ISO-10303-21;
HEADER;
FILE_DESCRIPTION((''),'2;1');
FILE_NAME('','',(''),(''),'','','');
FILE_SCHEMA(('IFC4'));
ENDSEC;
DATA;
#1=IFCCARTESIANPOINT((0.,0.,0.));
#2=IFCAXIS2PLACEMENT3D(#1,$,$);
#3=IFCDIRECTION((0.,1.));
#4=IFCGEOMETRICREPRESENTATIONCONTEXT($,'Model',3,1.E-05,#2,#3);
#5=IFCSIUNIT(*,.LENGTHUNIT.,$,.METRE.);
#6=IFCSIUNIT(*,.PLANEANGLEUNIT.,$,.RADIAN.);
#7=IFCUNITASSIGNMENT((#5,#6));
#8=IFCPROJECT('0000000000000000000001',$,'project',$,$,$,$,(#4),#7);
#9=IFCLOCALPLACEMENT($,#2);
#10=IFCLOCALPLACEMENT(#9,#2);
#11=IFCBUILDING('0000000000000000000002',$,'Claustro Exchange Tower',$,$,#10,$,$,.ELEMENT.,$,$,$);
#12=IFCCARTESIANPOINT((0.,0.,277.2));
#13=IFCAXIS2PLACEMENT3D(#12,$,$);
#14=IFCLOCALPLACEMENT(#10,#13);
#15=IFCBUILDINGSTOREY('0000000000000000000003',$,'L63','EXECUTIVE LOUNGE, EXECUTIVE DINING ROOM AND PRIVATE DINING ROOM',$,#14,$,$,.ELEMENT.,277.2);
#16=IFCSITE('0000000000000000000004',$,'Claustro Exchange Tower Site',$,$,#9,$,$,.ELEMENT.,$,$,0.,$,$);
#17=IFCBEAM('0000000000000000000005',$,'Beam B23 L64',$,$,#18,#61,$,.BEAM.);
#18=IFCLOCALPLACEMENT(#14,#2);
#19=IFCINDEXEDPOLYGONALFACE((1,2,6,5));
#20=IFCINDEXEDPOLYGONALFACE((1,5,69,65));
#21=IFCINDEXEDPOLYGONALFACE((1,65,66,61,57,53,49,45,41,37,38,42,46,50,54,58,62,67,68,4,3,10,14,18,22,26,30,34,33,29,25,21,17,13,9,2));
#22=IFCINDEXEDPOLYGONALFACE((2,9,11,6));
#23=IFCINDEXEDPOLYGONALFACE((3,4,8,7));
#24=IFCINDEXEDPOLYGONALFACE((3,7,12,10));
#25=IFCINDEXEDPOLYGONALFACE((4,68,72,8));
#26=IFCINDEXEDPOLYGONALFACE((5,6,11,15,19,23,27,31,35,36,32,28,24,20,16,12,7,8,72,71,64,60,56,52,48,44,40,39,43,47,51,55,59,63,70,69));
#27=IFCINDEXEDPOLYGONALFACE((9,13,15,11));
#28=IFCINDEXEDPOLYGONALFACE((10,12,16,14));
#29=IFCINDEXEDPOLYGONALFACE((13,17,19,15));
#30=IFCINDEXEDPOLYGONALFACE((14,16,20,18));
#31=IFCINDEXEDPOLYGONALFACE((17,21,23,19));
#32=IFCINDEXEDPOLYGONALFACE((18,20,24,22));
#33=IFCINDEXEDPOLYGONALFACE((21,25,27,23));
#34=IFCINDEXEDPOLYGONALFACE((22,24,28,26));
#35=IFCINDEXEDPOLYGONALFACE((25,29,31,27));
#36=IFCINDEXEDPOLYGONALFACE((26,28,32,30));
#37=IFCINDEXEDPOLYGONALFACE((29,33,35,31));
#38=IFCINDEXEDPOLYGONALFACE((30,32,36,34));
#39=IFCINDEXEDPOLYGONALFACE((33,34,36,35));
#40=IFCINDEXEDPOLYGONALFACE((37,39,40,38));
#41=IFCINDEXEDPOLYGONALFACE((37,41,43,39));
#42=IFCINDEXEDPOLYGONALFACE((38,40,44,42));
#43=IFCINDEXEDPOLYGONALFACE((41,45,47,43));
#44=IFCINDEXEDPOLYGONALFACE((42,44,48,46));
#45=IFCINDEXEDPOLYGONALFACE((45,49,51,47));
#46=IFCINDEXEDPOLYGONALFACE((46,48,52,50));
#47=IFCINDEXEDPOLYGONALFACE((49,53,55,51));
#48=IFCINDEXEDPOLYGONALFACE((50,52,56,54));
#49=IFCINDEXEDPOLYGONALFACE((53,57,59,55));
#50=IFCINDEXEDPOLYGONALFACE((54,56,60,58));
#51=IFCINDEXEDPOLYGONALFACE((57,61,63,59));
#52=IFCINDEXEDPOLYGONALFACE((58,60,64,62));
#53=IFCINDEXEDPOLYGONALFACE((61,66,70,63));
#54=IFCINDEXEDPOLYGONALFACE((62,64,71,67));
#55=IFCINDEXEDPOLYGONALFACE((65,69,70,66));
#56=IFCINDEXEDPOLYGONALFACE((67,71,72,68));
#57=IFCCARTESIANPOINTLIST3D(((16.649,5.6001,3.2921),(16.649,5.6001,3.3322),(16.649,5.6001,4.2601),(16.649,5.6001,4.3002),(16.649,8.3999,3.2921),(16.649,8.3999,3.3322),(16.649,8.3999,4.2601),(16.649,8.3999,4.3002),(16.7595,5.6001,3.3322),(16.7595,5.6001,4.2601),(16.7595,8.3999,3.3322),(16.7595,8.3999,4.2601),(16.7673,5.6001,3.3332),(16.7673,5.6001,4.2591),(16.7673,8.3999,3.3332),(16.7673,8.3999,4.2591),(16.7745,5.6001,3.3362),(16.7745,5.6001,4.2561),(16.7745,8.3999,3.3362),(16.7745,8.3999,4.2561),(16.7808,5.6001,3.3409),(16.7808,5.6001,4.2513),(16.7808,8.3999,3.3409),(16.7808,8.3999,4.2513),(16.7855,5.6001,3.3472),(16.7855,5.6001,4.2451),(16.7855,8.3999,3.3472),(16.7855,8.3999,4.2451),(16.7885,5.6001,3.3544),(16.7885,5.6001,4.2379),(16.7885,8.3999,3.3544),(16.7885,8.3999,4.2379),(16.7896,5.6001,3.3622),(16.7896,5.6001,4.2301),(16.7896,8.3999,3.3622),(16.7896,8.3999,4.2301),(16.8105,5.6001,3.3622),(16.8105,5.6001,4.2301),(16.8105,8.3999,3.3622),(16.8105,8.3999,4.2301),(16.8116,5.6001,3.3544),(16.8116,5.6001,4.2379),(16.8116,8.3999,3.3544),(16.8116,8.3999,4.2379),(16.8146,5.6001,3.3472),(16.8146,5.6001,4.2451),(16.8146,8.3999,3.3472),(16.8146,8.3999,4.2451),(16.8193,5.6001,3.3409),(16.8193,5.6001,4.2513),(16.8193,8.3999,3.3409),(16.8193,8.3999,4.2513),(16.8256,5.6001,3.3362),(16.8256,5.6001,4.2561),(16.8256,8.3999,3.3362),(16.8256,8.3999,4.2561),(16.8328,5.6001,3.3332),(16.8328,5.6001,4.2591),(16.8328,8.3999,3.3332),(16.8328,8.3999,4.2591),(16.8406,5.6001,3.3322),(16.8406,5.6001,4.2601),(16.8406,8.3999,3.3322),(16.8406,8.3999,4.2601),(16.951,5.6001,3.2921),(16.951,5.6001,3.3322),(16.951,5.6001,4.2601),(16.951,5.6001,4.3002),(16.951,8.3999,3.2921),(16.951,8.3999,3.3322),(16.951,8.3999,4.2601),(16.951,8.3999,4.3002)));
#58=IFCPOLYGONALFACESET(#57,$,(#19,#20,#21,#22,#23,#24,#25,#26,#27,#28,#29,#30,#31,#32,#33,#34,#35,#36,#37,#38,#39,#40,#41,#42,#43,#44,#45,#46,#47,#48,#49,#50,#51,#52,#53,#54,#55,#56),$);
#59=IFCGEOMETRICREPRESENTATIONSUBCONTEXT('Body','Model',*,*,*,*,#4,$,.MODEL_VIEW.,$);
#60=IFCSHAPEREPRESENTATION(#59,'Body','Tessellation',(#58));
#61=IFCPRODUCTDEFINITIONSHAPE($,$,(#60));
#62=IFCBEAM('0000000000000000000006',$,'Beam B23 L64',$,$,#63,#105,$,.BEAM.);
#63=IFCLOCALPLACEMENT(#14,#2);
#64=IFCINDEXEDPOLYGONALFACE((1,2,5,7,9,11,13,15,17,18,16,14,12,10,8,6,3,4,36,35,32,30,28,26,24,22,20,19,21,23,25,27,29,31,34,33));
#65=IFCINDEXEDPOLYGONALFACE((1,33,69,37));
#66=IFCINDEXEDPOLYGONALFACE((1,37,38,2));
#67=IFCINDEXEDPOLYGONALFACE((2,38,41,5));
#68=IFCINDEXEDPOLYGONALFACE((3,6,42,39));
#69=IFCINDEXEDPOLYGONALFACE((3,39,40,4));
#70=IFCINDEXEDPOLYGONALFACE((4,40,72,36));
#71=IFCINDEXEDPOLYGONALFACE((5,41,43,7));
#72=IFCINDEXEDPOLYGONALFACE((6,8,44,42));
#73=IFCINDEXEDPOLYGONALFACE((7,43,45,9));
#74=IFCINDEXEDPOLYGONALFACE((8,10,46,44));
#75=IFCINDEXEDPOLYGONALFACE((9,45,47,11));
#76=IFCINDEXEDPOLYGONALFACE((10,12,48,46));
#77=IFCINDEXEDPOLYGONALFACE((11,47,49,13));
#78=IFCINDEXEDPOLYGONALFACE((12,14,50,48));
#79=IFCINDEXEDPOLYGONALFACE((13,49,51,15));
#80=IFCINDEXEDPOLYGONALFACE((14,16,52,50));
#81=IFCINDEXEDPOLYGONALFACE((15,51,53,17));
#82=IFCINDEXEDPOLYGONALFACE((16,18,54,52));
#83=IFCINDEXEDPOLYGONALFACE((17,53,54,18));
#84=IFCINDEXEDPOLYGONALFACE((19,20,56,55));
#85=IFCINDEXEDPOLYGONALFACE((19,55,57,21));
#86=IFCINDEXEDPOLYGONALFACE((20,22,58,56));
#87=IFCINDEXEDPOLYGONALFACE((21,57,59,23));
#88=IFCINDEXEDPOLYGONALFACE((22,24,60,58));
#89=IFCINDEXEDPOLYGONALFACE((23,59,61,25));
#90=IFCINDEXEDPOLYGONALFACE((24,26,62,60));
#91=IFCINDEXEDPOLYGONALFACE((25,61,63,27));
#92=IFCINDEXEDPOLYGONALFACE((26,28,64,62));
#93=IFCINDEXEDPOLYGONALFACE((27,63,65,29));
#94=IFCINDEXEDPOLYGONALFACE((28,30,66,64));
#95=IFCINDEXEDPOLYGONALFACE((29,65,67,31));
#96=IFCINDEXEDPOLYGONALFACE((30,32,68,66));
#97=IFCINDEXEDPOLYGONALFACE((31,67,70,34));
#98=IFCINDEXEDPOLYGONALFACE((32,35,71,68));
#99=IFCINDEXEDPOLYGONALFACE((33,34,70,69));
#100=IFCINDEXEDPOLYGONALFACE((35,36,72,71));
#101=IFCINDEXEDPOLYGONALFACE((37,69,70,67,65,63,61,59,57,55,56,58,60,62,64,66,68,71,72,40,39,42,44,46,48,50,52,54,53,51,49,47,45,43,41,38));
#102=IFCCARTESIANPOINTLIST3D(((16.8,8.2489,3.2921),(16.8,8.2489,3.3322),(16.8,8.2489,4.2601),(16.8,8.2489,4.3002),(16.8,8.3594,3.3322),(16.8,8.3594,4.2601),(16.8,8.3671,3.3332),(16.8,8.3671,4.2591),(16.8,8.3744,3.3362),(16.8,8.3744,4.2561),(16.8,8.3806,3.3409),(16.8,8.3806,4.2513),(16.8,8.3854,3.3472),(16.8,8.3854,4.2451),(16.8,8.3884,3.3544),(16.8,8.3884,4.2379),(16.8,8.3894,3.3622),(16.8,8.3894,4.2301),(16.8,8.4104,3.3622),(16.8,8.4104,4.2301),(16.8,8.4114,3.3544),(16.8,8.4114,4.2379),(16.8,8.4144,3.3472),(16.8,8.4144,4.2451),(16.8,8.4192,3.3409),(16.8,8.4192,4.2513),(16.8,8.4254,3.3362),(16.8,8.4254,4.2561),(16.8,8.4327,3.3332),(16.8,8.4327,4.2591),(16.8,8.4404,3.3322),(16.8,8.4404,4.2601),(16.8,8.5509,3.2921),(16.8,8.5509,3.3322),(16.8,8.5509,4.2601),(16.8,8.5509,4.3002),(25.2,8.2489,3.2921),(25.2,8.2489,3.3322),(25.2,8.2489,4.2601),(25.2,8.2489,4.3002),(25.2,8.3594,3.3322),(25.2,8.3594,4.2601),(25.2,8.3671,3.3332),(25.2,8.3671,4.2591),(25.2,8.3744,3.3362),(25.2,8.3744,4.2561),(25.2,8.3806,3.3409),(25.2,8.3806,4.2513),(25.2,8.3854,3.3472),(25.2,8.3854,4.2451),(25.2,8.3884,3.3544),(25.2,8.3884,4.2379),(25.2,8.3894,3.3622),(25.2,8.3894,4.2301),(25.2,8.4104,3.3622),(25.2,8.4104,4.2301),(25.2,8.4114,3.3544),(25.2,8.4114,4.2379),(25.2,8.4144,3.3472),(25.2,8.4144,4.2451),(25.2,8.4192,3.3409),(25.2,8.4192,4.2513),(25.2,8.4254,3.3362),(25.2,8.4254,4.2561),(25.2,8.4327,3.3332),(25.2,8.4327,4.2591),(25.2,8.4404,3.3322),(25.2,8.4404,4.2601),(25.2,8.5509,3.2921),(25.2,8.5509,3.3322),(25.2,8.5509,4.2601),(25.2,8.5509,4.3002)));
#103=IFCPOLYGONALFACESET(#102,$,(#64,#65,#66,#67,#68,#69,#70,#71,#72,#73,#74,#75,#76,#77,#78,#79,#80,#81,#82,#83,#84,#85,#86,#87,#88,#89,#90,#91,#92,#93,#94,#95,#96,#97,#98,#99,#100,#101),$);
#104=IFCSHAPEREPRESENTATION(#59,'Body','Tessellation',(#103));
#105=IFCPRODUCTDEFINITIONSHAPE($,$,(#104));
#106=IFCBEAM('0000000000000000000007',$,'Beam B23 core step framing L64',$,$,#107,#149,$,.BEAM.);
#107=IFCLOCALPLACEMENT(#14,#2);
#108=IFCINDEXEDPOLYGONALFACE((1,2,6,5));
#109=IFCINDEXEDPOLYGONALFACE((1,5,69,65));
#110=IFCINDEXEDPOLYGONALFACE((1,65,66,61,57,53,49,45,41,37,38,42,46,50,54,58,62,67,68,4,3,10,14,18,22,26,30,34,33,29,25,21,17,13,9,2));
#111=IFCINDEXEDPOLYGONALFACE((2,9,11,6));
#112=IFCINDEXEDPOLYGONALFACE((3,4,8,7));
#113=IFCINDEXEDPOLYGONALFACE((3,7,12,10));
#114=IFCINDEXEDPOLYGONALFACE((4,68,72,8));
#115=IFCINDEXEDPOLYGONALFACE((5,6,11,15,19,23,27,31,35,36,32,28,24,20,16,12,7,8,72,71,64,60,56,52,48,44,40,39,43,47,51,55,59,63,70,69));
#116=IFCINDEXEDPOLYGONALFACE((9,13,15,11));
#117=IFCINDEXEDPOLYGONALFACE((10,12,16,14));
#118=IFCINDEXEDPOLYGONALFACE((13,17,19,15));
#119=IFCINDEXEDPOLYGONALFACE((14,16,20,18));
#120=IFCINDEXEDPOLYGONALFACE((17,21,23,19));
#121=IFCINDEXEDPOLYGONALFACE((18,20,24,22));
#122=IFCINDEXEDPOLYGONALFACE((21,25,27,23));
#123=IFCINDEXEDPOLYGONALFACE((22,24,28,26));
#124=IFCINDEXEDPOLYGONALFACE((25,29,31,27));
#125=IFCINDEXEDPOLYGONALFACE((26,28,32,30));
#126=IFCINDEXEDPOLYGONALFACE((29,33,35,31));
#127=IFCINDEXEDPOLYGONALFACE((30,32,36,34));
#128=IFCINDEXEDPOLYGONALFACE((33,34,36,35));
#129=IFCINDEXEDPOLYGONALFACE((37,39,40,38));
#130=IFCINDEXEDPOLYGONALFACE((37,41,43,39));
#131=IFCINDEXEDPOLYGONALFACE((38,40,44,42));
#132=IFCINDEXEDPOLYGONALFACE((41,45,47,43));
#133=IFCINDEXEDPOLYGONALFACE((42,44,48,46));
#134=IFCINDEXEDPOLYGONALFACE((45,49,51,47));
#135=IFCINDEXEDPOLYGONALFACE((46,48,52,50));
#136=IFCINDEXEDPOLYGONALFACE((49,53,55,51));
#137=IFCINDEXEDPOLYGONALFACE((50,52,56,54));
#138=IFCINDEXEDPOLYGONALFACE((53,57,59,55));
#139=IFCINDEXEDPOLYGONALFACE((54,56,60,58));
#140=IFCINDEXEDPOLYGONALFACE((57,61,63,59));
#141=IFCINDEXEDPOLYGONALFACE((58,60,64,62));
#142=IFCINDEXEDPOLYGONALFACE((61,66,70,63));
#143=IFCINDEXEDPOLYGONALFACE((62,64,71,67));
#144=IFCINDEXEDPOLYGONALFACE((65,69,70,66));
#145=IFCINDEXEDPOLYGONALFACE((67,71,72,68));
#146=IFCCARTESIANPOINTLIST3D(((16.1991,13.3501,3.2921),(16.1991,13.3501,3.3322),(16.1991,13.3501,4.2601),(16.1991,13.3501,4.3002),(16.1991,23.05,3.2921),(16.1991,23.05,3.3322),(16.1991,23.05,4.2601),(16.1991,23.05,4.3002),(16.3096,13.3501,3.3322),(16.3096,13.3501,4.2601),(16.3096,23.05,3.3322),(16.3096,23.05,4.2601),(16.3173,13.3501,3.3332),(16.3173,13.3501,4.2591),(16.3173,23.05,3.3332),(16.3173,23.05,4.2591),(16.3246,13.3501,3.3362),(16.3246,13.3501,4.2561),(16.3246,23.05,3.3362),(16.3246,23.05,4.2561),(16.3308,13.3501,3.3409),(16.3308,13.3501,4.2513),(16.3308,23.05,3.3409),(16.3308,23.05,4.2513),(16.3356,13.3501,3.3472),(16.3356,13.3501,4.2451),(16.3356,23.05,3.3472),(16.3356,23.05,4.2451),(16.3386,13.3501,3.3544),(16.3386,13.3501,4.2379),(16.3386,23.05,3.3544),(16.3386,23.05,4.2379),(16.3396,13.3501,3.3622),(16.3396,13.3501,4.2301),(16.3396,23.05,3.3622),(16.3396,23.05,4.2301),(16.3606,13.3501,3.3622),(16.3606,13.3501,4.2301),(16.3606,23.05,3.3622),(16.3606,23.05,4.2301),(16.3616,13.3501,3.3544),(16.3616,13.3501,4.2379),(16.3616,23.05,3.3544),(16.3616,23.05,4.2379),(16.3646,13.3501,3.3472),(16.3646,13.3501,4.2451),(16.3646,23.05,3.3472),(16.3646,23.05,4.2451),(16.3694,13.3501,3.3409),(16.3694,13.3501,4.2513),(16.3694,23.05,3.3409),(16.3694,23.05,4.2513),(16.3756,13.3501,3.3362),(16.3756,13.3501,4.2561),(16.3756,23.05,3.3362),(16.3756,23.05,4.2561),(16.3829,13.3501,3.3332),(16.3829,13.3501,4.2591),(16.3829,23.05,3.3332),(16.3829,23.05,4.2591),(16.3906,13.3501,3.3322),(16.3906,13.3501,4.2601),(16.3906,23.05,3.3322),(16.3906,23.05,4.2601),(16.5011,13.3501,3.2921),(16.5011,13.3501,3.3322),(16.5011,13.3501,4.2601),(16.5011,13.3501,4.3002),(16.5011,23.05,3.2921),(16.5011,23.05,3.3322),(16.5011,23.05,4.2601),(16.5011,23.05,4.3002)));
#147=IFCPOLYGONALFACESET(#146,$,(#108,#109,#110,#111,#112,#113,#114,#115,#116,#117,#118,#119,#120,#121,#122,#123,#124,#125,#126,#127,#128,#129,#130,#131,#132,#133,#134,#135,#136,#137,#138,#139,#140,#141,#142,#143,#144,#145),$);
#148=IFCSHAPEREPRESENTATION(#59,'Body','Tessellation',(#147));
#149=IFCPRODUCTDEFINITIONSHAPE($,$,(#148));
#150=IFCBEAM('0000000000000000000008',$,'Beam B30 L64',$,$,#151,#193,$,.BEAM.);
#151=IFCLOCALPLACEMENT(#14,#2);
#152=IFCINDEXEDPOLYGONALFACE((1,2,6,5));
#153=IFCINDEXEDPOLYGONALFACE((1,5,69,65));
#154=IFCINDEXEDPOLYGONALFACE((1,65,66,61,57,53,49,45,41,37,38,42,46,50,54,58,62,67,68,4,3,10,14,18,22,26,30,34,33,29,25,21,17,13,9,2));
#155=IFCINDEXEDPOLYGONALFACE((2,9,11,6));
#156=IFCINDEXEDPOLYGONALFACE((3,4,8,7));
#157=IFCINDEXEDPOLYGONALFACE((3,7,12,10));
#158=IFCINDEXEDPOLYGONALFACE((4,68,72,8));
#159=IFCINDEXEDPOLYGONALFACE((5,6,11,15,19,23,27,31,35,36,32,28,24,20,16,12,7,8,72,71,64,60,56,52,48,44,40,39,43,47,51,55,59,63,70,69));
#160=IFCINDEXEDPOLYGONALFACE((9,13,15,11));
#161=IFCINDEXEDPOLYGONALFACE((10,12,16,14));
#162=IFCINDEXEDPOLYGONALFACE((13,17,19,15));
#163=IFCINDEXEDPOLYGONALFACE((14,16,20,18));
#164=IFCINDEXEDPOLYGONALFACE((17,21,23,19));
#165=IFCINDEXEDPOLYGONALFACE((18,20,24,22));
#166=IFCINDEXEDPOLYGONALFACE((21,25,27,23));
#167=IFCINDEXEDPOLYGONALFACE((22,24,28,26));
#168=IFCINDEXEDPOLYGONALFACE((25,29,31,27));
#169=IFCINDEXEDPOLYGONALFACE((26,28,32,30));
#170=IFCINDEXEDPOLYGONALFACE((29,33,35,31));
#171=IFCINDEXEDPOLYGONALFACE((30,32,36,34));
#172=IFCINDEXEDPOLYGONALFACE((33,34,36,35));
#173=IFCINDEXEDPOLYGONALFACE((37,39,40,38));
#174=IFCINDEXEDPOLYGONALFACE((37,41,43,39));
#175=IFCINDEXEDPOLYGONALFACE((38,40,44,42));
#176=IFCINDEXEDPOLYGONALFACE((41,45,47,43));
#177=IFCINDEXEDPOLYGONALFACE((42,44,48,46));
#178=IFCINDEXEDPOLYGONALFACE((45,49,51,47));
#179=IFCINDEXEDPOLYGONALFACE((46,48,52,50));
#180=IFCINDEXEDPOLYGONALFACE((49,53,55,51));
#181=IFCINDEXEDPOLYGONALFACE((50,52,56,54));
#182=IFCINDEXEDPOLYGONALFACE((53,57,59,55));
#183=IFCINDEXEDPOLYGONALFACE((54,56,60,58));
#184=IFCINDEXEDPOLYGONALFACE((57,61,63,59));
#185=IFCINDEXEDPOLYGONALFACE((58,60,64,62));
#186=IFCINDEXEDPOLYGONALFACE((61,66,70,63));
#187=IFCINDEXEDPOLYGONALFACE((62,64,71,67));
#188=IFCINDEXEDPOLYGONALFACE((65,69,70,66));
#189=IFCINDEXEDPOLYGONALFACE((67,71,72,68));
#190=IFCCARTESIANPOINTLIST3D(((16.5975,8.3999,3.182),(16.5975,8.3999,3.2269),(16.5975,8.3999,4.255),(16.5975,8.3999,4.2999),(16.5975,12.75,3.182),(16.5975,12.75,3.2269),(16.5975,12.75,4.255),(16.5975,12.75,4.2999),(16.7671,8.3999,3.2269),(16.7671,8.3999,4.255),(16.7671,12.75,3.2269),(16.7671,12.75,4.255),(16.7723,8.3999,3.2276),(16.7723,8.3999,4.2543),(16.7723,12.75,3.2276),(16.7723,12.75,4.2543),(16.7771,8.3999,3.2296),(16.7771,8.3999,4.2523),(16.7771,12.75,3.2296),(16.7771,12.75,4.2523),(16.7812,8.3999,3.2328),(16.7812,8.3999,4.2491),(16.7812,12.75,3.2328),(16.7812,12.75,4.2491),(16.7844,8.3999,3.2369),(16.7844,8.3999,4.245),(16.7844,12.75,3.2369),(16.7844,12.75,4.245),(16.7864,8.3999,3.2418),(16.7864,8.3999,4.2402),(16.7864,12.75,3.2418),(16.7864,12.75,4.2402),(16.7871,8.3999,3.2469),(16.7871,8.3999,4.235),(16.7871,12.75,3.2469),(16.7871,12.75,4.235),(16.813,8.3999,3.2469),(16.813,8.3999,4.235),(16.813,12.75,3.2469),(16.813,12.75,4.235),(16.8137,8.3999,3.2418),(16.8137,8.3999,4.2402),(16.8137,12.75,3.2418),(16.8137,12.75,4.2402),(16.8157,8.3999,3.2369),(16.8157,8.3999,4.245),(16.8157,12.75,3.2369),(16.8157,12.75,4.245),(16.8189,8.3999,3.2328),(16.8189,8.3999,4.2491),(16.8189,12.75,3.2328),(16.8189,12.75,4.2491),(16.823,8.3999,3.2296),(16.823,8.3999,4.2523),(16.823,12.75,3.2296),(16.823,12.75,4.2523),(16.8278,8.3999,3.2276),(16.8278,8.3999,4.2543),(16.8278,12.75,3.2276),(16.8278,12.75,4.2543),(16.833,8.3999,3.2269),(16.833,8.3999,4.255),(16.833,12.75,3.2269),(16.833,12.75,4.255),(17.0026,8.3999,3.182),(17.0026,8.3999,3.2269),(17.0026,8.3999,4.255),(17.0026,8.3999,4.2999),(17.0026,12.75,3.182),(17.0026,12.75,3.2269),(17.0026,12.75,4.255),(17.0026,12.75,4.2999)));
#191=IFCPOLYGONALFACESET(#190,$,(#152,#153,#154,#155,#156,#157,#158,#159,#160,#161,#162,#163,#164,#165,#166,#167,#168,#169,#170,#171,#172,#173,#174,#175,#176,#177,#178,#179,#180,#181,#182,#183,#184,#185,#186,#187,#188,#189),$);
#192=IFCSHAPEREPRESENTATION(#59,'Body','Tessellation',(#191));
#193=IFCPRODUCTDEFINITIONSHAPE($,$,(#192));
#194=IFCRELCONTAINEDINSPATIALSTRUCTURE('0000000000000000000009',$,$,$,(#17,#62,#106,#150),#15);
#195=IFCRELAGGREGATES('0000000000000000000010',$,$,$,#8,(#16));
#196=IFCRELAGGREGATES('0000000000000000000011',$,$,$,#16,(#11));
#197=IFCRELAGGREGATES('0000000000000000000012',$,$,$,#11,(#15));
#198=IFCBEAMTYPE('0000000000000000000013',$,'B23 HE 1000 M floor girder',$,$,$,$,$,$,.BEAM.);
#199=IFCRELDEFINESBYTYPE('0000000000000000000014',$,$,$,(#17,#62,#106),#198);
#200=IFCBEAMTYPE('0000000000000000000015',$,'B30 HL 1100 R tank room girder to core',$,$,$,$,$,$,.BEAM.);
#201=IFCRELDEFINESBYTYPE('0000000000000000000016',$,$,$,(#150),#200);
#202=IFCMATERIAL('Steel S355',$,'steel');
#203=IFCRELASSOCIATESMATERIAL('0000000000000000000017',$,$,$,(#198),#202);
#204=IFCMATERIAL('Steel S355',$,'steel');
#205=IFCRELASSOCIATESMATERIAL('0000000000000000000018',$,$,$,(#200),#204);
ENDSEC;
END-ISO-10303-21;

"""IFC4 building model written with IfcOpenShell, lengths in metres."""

from ifc_helpers import new_model, si_unit, direction, frame, origin, origin_2d, place, context, subcontext, project, spatial, i_section, extrude, material, material_profile, profile_set, type_object, element, save


model = new_model("IFC4")

# Units and contexts
model_context = context("Model", 3, precision=1e-05, world=origin(), true_north=direction((0.0, 1.0)))
body_context = subcontext(model_context, "Body", "Model", "MODEL_VIEW")
ifc_project = project(units=[si_unit("LENGTHUNIT", "METRE"), si_unit("PLANEANGLEUNIT", "RADIAN")], contexts=[model_context])

# Site, building, storey
site_placement = place(None, origin())
site = spatial("IfcSite", under=ifc_project, at=site_placement, Name="Claustro Exchange Tower Site", CompositionType="ELEMENT", RefElevation=0.0)
building_placement = place(site_placement, origin())
building = spatial("IfcBuilding", under=site, at=building_placement, Name="Claustro Exchange Tower", CompositionType="ELEMENT")
storey_placement = place(building_placement, frame((0.0, 0.0, 277.2)))
storey = spatial("IfcBuildingStorey", under=building, at=storey_placement, Name="L63", Description="EXECUTIVE LOUNGE, EXECUTIVE DINING ROOM AND PRIVATE DINING ROOM", CompositionType="ELEMENT", Elevation=277.2)

# Beams
ifc_material_1 = material(Name="Steel S355", Category="steel")
ifc_material_profile_1 = material_profile(ifc_material_1, i_section(OverallWidth=0.302, OverallDepth=1.0081, WebThickness=0.021, FlangeThickness=0.04, FilletRadius=0.03, at=origin_2d()), Name="HE 1000 M")
ifc_profile_set_1 = profile_set([ifc_material_profile_1], Name="Steel S355")
beam_type_1 = type_object("IfcBeamType", Name="B23 HE 1000 M floor girder", PredefinedType="BEAM", material=ifc_profile_set_1)
beam_1_placement = place(storey_placement, frame((16.8, 5.6001, 3.7961), z_axis=(0.0, 1.0, 0.0), x_axis=(-1.0, 0.0, 0.0)))
element("IfcBeam", 1, at=beam_1_placement, inside=storey, type_object=beam_type_1, Name="Beam B23 L64", PredefinedType="BEAM", context=body_context, shape_type="SweptSolid", body=[
    extrude(i_section(OverallWidth=0.302, OverallDepth=1.0081, WebThickness=0.021, FlangeThickness=0.04, FilletRadius=0.03, at=origin_2d()), origin(), (0.0, 0.0, 1.0), 2.7998),
])
beam_2_placement = place(storey_placement, frame((16.8, 8.3999, 3.7961), z_axis=(1.0, 0.0, 0.0), x_axis=(0.0, 1.0, 0.0)))
element("IfcBeam", 2, at=beam_2_placement, inside=storey, type_object=beam_type_1, Name="Beam B23 L64", PredefinedType="BEAM", context=body_context, shape_type="SweptSolid", body=[
    extrude(i_section(OverallWidth=0.302, OverallDepth=1.0081, WebThickness=0.021, FlangeThickness=0.04, FilletRadius=0.03, at=origin_2d()), origin(), (0.0, 0.0, 1.0), 8.3999),
])
beam_3_placement = place(storey_placement, frame((16.3501, 13.3501, 3.7961), z_axis=(0.0, 1.0, 0.0), x_axis=(-1.0, 0.0, 0.0)))
element("IfcBeam", 3, at=beam_3_placement, inside=storey, type_object=beam_type_1, Name="Beam B23 core step framing L64", PredefinedType="BEAM", context=body_context, shape_type="SweptSolid", body=[
    extrude(i_section(OverallWidth=0.302, OverallDepth=1.0081, WebThickness=0.021, FlangeThickness=0.04, FilletRadius=0.03, at=origin_2d()), origin(), (0.0, 0.0, 1.0), 9.7),
])
ifc_material_2 = material(Name="Steel S355", Category="steel")
ifc_material_profile_2 = material_profile(ifc_material_2, i_section(OverallWidth=0.405, OverallDepth=1.1179, WebThickness=0.0259, FlangeThickness=0.0449, FilletRadius=0.02, at=origin_2d()), Name="HL 1100 R")
ifc_profile_set_2 = profile_set([ifc_material_profile_2], Name="Steel S355")
beam_type_2 = type_object("IfcBeamType", Name="B30 HL 1100 R tank room girder to core", PredefinedType="BEAM", material=ifc_profile_set_2)
beam_4_placement = place(storey_placement, frame((16.8, 8.3999, 3.741), z_axis=(0.0, 1.0, 0.0), x_axis=(-1.0, 0.0, 0.0)))
element("IfcBeam", 4, at=beam_4_placement, inside=storey, type_object=beam_type_2, Name="Beam B30 L64", PredefinedType="BEAM", context=body_context, shape_type="SweptSolid", body=[
    extrude(i_section(OverallWidth=0.405, OverallDepth=1.1179, WebThickness=0.0259, FlangeThickness=0.0449, FilletRadius=0.02, at=origin_2d()), origin(), (0.0, 0.0, 1.0), 4.3501),
])

save(model, "model.ifc")
